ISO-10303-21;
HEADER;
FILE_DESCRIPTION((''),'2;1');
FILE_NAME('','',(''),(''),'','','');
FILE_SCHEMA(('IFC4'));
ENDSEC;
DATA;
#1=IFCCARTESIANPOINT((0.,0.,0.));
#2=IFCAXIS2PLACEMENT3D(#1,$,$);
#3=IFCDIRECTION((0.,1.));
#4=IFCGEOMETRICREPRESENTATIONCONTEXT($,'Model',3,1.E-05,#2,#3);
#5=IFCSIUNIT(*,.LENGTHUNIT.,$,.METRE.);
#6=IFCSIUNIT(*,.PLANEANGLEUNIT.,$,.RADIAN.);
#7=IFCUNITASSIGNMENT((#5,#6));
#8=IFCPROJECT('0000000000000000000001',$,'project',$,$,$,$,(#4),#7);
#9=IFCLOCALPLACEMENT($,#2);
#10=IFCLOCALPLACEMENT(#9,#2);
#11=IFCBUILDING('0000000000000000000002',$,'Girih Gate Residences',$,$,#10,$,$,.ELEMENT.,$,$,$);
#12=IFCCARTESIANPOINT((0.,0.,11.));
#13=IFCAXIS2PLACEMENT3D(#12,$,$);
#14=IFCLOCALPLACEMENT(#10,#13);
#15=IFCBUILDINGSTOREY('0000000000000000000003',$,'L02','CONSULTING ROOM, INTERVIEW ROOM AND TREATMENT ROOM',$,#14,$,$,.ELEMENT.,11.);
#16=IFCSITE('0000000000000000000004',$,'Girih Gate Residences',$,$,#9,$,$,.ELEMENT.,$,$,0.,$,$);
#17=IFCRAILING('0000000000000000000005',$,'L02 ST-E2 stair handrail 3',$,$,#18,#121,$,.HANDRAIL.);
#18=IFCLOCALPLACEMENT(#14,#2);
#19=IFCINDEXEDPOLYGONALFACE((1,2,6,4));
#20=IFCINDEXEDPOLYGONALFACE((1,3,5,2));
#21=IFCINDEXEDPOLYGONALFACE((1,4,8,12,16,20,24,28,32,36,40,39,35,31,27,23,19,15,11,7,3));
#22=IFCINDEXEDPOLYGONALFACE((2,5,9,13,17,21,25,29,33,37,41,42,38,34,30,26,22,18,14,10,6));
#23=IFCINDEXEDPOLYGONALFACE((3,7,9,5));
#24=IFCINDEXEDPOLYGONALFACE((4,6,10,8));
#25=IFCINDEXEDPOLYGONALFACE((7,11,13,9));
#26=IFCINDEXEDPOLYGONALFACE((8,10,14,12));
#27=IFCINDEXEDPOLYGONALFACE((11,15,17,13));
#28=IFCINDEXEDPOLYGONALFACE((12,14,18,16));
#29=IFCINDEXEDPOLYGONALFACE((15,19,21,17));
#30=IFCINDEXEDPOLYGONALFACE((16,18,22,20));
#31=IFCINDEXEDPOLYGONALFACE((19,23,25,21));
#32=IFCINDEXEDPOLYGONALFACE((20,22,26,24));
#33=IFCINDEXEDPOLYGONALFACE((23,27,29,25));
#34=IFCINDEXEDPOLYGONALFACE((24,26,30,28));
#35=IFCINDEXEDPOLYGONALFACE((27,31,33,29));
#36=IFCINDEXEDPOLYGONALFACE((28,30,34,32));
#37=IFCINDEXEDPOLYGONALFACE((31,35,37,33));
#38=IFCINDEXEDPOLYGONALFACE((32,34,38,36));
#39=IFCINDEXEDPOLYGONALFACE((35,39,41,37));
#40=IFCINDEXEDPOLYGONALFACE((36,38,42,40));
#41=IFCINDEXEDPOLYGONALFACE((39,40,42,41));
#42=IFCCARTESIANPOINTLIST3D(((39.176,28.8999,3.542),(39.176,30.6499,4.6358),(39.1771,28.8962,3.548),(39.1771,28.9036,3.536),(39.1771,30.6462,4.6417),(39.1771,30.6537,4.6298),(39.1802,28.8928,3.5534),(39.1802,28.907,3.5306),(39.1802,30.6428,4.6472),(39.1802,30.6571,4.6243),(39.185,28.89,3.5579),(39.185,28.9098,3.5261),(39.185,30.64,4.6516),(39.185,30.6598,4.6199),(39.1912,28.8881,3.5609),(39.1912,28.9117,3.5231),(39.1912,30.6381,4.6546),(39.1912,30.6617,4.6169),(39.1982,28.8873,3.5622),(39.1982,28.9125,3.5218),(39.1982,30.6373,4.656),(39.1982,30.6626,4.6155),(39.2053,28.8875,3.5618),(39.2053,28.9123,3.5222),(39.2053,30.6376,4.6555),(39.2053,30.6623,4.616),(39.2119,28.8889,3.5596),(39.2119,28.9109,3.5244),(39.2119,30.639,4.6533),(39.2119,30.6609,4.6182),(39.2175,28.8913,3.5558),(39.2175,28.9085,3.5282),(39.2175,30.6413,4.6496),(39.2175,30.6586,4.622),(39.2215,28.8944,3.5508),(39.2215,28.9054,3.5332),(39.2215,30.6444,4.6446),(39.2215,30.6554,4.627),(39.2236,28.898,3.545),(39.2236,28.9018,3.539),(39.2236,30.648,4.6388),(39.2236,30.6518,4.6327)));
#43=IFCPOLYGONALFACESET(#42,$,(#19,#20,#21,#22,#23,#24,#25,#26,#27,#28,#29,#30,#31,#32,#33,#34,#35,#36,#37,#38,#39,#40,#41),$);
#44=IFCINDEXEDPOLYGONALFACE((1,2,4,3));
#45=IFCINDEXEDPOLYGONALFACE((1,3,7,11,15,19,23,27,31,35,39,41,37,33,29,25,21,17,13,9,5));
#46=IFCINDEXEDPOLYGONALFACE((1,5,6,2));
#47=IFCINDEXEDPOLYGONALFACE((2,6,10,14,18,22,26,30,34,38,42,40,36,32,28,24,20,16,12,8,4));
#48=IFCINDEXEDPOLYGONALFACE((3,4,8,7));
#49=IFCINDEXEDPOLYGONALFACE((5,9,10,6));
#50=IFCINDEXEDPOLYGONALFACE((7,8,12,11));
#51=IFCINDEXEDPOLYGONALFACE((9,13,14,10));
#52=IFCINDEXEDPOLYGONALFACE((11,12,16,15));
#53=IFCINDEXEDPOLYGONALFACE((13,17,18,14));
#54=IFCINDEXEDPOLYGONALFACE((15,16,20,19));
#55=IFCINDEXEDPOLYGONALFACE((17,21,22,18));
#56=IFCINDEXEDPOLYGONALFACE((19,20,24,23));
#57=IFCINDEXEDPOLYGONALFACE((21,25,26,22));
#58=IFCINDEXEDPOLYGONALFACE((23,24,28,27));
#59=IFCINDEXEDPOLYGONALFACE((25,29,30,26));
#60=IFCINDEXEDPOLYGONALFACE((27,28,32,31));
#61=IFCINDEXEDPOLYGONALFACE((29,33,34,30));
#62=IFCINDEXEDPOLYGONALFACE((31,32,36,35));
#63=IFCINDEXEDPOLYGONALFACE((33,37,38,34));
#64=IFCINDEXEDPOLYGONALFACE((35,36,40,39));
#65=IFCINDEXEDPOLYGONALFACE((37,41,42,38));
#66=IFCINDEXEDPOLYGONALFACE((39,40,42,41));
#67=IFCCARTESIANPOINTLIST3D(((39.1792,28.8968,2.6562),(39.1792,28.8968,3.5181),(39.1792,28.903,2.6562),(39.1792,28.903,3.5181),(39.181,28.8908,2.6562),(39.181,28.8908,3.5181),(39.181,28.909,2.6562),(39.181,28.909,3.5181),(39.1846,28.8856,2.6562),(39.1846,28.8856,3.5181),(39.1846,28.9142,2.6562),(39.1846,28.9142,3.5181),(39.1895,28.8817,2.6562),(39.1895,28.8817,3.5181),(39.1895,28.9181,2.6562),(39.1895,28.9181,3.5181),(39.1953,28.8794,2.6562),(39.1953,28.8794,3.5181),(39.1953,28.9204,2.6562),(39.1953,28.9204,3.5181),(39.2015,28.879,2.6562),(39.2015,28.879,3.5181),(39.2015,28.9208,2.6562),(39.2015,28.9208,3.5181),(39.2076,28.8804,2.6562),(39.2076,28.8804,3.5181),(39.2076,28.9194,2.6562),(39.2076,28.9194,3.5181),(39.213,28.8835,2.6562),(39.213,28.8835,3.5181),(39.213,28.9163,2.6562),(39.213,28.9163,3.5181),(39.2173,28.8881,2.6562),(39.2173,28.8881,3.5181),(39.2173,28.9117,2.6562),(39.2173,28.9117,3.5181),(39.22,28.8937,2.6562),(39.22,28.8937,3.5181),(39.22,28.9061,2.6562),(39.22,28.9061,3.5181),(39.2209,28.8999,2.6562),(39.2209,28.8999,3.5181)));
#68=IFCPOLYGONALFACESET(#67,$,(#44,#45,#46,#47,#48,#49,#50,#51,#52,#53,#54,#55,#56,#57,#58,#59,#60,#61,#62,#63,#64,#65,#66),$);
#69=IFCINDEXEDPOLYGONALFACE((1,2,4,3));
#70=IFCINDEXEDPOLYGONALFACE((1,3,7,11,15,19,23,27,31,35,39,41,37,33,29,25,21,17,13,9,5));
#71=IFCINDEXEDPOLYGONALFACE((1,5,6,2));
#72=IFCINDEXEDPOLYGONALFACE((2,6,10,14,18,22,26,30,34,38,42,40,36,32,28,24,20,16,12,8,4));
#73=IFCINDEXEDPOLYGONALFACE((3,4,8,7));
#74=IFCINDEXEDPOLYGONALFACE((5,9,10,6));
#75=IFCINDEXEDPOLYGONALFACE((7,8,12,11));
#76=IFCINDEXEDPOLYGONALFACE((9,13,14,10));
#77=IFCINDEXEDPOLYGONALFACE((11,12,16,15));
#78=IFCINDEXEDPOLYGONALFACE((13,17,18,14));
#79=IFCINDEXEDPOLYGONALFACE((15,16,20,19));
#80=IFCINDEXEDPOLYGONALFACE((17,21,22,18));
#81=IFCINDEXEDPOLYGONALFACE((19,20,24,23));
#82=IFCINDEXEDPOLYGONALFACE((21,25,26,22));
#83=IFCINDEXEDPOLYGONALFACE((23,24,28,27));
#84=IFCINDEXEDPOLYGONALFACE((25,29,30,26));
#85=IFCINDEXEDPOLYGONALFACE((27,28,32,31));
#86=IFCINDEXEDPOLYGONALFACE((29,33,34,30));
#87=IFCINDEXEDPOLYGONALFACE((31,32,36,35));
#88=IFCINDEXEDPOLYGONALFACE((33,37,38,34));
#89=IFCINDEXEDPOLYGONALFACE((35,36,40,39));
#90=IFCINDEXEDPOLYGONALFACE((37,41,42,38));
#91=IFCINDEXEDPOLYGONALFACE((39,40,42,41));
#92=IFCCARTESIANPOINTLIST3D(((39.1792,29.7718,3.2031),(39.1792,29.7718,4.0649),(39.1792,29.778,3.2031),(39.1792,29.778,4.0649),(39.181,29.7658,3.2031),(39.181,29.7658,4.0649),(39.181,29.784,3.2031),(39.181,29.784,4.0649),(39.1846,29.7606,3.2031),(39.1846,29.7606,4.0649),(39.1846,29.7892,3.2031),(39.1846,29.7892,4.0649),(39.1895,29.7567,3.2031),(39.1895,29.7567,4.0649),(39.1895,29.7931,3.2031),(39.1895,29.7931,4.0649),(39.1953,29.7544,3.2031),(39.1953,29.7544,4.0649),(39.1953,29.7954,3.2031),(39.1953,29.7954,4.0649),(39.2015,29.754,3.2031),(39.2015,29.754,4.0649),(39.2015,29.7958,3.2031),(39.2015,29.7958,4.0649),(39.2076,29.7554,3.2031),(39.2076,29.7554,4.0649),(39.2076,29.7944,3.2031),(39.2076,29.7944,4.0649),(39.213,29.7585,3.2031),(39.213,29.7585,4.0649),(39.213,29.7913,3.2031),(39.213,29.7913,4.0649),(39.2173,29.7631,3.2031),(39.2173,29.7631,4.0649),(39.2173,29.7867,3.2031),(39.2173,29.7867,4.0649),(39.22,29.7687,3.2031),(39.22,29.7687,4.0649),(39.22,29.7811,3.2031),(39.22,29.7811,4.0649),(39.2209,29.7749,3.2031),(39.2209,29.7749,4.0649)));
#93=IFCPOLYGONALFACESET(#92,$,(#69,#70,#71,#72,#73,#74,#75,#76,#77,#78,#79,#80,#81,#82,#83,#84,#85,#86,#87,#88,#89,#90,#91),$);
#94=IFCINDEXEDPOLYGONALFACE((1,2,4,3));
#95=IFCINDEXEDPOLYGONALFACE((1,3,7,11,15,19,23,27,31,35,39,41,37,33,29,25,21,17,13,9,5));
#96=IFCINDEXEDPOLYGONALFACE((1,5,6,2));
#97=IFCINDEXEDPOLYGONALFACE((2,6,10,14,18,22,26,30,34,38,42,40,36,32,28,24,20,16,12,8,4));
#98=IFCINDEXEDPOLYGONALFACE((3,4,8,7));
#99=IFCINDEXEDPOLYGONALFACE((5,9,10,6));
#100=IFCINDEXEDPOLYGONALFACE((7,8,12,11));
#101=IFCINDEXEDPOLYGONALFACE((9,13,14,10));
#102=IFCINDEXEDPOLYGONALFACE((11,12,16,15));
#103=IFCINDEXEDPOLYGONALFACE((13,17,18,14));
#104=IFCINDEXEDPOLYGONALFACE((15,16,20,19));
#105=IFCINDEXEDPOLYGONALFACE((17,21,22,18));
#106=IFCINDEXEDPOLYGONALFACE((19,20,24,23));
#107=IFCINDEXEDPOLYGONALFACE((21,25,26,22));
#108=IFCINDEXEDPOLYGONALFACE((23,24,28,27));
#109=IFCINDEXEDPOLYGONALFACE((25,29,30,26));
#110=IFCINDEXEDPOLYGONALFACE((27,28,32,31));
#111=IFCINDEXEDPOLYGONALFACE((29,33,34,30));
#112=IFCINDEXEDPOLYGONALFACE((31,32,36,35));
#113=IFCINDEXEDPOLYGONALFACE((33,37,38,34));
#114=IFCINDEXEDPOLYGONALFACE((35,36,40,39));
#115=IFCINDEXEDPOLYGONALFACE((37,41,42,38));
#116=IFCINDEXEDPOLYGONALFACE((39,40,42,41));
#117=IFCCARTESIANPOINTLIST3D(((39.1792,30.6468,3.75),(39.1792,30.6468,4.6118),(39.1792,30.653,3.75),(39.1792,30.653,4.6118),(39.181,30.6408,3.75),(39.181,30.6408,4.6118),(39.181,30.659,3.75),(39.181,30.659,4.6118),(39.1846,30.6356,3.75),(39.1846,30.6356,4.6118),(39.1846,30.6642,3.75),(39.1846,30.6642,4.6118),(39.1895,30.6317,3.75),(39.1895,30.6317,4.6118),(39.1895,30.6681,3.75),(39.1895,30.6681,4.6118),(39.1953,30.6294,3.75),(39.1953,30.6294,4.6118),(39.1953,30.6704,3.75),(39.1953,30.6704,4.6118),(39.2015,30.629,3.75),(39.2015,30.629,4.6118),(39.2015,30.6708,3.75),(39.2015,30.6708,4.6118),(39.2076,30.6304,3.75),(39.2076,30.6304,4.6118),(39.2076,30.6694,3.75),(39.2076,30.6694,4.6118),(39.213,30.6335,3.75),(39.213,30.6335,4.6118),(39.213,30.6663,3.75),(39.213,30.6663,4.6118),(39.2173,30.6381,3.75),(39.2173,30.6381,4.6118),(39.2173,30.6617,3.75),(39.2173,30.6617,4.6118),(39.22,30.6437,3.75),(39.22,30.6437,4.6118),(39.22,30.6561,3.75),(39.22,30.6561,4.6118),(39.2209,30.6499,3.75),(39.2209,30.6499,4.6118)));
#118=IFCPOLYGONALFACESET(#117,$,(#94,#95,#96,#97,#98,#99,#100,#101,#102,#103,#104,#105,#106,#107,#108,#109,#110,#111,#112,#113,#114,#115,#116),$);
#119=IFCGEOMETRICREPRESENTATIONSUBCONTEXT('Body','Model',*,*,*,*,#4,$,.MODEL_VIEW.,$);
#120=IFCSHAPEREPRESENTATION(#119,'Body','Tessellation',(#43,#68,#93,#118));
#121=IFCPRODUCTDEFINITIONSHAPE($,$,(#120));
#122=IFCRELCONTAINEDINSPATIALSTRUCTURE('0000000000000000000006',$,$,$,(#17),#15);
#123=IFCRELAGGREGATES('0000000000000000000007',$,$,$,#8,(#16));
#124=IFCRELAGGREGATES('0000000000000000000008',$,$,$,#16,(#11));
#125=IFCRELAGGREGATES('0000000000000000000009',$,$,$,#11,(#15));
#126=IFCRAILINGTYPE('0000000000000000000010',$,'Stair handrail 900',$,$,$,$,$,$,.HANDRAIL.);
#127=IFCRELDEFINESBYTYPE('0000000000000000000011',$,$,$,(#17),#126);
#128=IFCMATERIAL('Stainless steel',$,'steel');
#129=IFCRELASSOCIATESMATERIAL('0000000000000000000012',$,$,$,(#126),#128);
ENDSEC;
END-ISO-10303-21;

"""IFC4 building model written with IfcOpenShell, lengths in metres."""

from ifc_helpers import new_model, si_unit, direction, frame, origin, origin_2d, place, context, subcontext, project, spatial, circle, extrude, material, type_object, element, save


model = new_model("IFC4")

# Units and contexts
model_context = context("Model", 3, precision=1e-05, world=origin(), true_north=direction((0.0, 1.0)))
body_context = subcontext(model_context, "Body", "Model", "MODEL_VIEW")
ifc_project = project(units=[si_unit("LENGTHUNIT", "METRE"), si_unit("PLANEANGLEUNIT", "RADIAN")], contexts=[model_context])

# Site, building, storey
site_placement = place(None, origin())
site = spatial("IfcSite", under=ifc_project, at=site_placement, Name="Girih Gate Residences", CompositionType="ELEMENT", RefElevation=0.0)
building_placement = place(site_placement, origin())
building = spatial("IfcBuilding", under=site, at=building_placement, Name="Girih Gate Residences", CompositionType="ELEMENT")
storey_placement = place(building_placement, frame((0.0, 0.0, 11.0)))
storey = spatial("IfcBuildingStorey", under=building, at=storey_placement, Name="L02", Description="CONSULTING ROOM, INTERVIEW ROOM AND TREATMENT ROOM", CompositionType="ELEMENT", Elevation=11.0)

# Railing
ifc_material_1 = material(Name="Stainless steel", Category="steel")
railing_type_1 = type_object("IfcRailingType", Name="Stair handrail 900", PredefinedType="HANDRAIL", material=ifc_material_1)
railing_1_placement = place(storey_placement, frame((39.2, 28.8999, 2.6562)))
element("IfcRailing", 1, at=railing_1_placement, inside=storey, type_object=railing_type_1, Name="L02 ST-E2 stair handrail 3", PredefinedType="HANDRAIL", context=body_context, shape_type="SweptSolid", body=[
    extrude(circle(Radius=0.0239, at=origin_2d()), frame((0.0, 0.0, 0.8857), z_axis=(0.0, 0.847998, 0.529999), x_axis=(-1.0, 0.0, 0.0)), (0.0, 0.0, 1.0), 2.0637),
    extrude(circle(Radius=0.021, at=origin_2d()), origin(), (0.0, 0.0, 1.0), 0.8618),
    extrude(circle(Radius=0.021, at=origin_2d()), frame((0.0, 0.875, 0.5469)), (0.0, 0.0, 1.0), 0.8618),
    extrude(circle(Radius=0.021, at=origin_2d()), frame((0.0, 1.75, 1.0938)), (0.0, 0.0, 1.0), 0.8618),
])

save(model, "model.ifc")
